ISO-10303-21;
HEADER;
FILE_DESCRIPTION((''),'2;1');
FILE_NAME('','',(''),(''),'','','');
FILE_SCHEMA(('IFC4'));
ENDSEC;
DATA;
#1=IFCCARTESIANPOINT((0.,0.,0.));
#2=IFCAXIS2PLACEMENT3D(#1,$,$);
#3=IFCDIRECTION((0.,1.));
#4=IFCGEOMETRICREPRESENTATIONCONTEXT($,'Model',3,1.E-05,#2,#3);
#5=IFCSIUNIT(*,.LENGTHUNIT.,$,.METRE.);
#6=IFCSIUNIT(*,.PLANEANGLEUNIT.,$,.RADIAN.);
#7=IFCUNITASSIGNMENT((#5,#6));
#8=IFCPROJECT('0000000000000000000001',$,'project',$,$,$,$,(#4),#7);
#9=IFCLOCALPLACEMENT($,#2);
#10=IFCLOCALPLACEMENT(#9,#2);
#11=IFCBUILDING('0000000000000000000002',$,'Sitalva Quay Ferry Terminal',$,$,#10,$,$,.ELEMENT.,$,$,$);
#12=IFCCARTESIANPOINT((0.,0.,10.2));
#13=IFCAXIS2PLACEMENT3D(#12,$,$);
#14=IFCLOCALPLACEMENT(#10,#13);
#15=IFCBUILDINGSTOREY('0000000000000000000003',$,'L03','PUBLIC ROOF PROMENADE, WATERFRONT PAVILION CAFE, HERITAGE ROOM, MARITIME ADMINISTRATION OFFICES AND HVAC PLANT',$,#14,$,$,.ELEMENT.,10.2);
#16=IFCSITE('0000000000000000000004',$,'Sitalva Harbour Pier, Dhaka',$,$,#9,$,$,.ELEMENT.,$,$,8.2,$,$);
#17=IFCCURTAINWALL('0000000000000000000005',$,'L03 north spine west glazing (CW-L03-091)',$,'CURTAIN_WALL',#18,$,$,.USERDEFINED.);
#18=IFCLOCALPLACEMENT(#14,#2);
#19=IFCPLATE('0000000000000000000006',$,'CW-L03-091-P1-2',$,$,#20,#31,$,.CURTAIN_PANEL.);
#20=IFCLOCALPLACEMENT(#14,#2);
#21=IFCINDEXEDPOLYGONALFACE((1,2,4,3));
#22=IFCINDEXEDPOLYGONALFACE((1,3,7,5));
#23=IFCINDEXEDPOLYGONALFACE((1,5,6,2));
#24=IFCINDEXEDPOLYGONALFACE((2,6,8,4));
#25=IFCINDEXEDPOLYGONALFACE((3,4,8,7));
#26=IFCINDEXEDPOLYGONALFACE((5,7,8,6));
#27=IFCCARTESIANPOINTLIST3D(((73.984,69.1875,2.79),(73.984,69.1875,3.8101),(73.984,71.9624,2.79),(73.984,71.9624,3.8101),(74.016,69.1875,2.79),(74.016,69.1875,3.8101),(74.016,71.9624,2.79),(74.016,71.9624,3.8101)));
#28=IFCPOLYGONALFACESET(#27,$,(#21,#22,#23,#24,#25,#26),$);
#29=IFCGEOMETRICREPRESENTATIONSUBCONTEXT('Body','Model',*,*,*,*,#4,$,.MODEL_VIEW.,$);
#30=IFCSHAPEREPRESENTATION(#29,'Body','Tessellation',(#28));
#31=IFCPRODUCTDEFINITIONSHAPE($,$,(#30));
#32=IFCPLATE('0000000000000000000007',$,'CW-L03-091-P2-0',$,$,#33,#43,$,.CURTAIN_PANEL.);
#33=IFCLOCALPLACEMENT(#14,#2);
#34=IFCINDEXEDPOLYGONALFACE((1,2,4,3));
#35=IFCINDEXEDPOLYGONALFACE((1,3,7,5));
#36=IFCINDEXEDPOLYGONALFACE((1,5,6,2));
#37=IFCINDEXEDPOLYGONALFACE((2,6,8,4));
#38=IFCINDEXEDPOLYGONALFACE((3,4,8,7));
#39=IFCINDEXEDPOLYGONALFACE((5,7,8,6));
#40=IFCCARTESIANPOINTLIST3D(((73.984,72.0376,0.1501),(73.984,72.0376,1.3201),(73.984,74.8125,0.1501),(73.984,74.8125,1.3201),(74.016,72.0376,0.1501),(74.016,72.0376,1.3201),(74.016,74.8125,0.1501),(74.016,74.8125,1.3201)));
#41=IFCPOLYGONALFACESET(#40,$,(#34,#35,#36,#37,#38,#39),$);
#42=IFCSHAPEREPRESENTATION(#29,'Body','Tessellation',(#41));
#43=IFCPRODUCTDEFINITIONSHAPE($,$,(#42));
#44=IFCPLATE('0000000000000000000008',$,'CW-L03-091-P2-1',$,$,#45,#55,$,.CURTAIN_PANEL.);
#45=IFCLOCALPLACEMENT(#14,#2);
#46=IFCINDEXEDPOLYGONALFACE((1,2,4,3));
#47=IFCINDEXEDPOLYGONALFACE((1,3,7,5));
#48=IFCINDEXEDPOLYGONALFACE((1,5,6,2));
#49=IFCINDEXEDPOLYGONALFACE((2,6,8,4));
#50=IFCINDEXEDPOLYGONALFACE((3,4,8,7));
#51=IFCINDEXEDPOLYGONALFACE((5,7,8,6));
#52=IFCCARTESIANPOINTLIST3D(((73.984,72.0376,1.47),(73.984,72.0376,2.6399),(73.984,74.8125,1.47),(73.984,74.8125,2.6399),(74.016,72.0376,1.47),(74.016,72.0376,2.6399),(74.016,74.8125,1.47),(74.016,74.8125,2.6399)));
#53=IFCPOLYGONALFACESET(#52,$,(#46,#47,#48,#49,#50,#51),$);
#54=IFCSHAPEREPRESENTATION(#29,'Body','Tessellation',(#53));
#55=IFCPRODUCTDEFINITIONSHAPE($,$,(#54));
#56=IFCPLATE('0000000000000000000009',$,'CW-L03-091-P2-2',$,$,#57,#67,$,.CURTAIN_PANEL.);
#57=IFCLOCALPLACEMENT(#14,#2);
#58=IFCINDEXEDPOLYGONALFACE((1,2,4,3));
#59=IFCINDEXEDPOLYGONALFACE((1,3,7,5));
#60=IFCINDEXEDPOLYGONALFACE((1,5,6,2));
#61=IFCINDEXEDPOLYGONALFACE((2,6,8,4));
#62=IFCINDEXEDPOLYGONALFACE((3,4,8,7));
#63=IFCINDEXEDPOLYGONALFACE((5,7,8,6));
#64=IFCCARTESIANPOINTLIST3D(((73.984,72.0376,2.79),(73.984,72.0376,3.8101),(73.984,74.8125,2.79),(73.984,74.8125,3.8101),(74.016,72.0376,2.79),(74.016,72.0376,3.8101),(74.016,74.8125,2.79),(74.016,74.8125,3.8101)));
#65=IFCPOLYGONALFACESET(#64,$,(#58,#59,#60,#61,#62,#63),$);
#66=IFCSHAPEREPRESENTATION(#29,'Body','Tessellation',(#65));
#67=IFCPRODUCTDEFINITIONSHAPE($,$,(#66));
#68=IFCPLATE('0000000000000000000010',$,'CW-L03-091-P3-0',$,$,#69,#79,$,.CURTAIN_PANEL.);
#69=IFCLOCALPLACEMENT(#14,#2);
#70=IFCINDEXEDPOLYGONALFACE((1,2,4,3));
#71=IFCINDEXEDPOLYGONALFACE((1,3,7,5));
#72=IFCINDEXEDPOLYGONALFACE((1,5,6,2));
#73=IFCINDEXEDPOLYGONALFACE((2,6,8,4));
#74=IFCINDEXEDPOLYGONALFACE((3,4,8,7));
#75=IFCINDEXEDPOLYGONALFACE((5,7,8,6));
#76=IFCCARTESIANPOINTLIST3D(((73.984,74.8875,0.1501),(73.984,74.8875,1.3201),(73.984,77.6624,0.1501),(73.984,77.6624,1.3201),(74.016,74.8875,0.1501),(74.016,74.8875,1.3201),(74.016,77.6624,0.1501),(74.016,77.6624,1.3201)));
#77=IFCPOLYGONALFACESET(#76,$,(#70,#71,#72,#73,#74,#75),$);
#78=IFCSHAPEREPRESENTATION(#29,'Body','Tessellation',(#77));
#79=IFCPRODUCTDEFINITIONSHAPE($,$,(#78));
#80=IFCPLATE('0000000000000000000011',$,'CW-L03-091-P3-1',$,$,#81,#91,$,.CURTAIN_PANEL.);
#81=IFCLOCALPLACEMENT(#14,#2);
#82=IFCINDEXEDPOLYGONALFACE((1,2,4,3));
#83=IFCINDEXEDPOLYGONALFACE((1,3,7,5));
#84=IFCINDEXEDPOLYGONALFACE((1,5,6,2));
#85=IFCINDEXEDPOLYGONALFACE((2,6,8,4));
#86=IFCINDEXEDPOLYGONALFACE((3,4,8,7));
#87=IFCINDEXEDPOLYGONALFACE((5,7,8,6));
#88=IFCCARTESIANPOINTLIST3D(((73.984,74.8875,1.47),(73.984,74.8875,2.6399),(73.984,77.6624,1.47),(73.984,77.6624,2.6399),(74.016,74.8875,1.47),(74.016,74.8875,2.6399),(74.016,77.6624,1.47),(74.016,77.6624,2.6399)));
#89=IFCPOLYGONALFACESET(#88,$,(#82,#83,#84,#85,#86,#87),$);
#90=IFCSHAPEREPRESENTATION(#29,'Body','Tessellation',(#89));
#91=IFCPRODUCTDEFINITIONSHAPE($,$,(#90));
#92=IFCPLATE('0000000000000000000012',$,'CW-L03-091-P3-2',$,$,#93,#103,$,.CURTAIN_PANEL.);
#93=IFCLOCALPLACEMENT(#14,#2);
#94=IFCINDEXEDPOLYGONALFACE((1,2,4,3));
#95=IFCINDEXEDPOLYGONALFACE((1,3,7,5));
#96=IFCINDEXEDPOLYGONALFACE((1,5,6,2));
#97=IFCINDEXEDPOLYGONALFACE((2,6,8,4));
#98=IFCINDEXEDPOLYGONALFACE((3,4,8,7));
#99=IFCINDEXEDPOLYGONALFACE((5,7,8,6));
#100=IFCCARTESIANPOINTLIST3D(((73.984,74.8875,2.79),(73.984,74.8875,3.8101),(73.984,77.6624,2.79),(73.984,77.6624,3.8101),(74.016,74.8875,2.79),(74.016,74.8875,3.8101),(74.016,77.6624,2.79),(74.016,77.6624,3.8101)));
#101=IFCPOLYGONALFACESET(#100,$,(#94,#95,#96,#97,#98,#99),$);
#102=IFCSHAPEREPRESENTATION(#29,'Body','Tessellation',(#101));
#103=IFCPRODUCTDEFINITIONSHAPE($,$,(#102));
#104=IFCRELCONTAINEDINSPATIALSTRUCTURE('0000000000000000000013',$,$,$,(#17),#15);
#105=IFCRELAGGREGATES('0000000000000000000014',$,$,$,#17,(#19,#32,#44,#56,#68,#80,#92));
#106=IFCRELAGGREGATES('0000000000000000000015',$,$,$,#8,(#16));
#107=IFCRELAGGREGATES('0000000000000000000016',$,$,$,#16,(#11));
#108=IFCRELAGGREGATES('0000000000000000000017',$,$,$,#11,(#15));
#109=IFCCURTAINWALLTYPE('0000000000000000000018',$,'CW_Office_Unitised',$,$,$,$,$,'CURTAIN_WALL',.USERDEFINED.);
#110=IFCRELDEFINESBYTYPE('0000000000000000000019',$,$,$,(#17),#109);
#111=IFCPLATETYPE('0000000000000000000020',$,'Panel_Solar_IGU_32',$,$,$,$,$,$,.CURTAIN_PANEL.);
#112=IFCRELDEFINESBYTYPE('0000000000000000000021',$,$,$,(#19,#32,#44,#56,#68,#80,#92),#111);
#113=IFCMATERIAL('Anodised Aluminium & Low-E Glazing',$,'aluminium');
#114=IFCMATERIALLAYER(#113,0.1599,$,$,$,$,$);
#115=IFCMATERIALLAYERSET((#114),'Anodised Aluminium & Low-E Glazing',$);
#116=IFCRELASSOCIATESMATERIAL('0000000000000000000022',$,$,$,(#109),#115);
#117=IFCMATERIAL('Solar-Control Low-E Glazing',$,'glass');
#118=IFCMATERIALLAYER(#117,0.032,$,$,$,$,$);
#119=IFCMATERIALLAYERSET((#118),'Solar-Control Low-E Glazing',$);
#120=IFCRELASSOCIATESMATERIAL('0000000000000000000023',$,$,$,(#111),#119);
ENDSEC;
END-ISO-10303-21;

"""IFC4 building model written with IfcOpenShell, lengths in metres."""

from ifc_helpers import new_model, si_unit, direction, frame, origin, origin_2d, place, context, subcontext, project, spatial, rectangle, extrude, material, layer, layer_set, type_object, element, aggregate, save


model = new_model("IFC4")

# Units and contexts
model_context = context("Model", 3, precision=1e-05, world=origin(), true_north=direction((0.0, 1.0)))
body_context = subcontext(model_context, "Body", "Model", "MODEL_VIEW")
ifc_project = project(units=[si_unit("LENGTHUNIT", "METRE"), si_unit("PLANEANGLEUNIT", "RADIAN")], contexts=[model_context])

# Site, building, storey
site_placement = place(None, origin())
site = spatial("IfcSite", under=ifc_project, at=site_placement, Name="Sitalva Harbour Pier, Dhaka", CompositionType="ELEMENT", RefElevation=8.2)
building_placement = place(site_placement, origin())
building = spatial("IfcBuilding", under=site, at=building_placement, Name="Sitalva Quay Ferry Terminal", CompositionType="ELEMENT")
storey_placement = place(building_placement, frame((0.0, 0.0, 10.2)))
storey = spatial("IfcBuildingStorey", under=building, at=storey_placement, Name="L03", Description="PUBLIC ROOF PROMENADE, WATERFRONT PAVILION CAFE, HERITAGE ROOM, MARITIME ADMINISTRATION OFFICES AND HVAC PLANT", CompositionType="ELEMENT", Elevation=10.2)

# Curtain wall, plates
ifc_material_1 = material(Name="Anodised Aluminium & Low-E Glazing", Category="aluminium")
ifc_layer_1 = layer(ifc_material_1, 0.1599)
ifc_layer_set_1 = layer_set([ifc_layer_1], Name="Anodised Aluminium & Low-E Glazing")
curtain_wall_type = type_object("IfcCurtainWallType", Name="CW_Office_Unitised", ElementType="CURTAIN_WALL", PredefinedType="USERDEFINED", material=ifc_layer_set_1)
curtain_wall_placement = place(storey_placement, origin())
curtain_wall = element("IfcCurtainWall", 1, at=curtain_wall_placement, inside=storey, type_object=curtain_wall_type, Name="L03 north spine west glazing (CW-L03-091)", ObjectType="CURTAIN_WALL", PredefinedType="USERDEFINED")
ifc_material_2 = material(Name="Solar-Control Low-E Glazing", Category="glass")
ifc_layer_2 = layer(ifc_material_2, 0.032)
ifc_layer_set_2 = layer_set([ifc_layer_2], Name="Solar-Control Low-E Glazing")
plate_type = type_object("IfcPlateType", Name="Panel_Solar_IGU_32", PredefinedType="CURTAIN_PANEL", material=ifc_layer_set_2)
plate_1_placement = place(storey_placement, frame((74.0, 70.575, 2.79), z_axis=(0.0, 0.0, 1.0), x_axis=(0.0, 1.0, 0.0)))
plate_1 = element("IfcPlate", 2, at=plate_1_placement, type_object=plate_type, Name="CW-L03-091-P1-2", PredefinedType="CURTAIN_PANEL", context=body_context, shape_type="SweptSolid", body=[
    extrude(rectangle(XDim=2.7749, YDim=0.032, at=origin_2d()), origin(), (0.0, 0.0, 1.0), 1.02),
])
plate_2_placement = place(storey_placement, frame((74.0, 73.425, 0.1501), z_axis=(0.0, 0.0, 1.0), x_axis=(0.0, 1.0, 0.0)))
plate_2 = element("IfcPlate", 3, at=plate_2_placement, type_object=plate_type, Name="CW-L03-091-P2-0", PredefinedType="CURTAIN_PANEL", context=body_context, shape_type="SweptSolid", body=[
    extrude(rectangle(XDim=2.7749, YDim=0.032, at=origin_2d()), origin(), (0.0, 0.0, 1.0), 1.1699),
])
plate_3_placement = place(storey_placement, frame((74.0, 73.425, 1.47), z_axis=(0.0, 0.0, 1.0), x_axis=(0.0, 1.0, 0.0)))
plate_3 = element("IfcPlate", 4, at=plate_3_placement, type_object=plate_type, Name="CW-L03-091-P2-1", PredefinedType="CURTAIN_PANEL", context=body_context, shape_type="SweptSolid", body=[
    extrude(rectangle(XDim=2.7749, YDim=0.032, at=origin_2d()), origin(), (0.0, 0.0, 1.0), 1.1699),
])
plate_4_placement = place(storey_placement, frame((74.0, 73.425, 2.79), z_axis=(0.0, 0.0, 1.0), x_axis=(0.0, 1.0, 0.0)))
plate_4 = element("IfcPlate", 5, at=plate_4_placement, type_object=plate_type, Name="CW-L03-091-P2-2", PredefinedType="CURTAIN_PANEL", context=body_context, shape_type="SweptSolid", body=[
    extrude(rectangle(XDim=2.7749, YDim=0.032, at=origin_2d()), origin(), (0.0, 0.0, 1.0), 1.02),
])
plate_5_placement = place(storey_placement, frame((74.0, 76.2749, 0.1501), z_axis=(0.0, 0.0, 1.0), x_axis=(0.0, 1.0, 0.0)))
plate_5 = element("IfcPlate", 6, at=plate_5_placement, type_object=plate_type, Name="CW-L03-091-P3-0", PredefinedType="CURTAIN_PANEL", context=body_context, shape_type="SweptSolid", body=[
    extrude(rectangle(XDim=2.7749, YDim=0.032, at=origin_2d()), origin(), (0.0, 0.0, 1.0), 1.1699),
])
plate_6_placement = place(storey_placement, frame((74.0, 76.2749, 1.47), z_axis=(0.0, 0.0, 1.0), x_axis=(0.0, 1.0, 0.0)))
plate_6 = element("IfcPlate", 7, at=plate_6_placement, type_object=plate_type, Name="CW-L03-091-P3-1", PredefinedType="CURTAIN_PANEL", context=body_context, shape_type="SweptSolid", body=[
    extrude(rectangle(XDim=2.7749, YDim=0.032, at=origin_2d()), origin(), (0.0, 0.0, 1.0), 1.1699),
])
plate_7_placement = place(storey_placement, frame((74.0, 76.2749, 2.79), z_axis=(0.0, 0.0, 1.0), x_axis=(0.0, 1.0, 0.0)))
plate_7 = element("IfcPlate", 8, at=plate_7_placement, type_object=plate_type, Name="CW-L03-091-P3-2", PredefinedType="CURTAIN_PANEL", context=body_context, shape_type="SweptSolid", body=[
    extrude(rectangle(XDim=2.7749, YDim=0.032, at=origin_2d()), origin(), (0.0, 0.0, 1.0), 1.02),
])
aggregate(curtain_wall, [plate_1, plate_2, plate_3, plate_4, plate_5, plate_6, plate_7])

save(model, "model.ifc")
